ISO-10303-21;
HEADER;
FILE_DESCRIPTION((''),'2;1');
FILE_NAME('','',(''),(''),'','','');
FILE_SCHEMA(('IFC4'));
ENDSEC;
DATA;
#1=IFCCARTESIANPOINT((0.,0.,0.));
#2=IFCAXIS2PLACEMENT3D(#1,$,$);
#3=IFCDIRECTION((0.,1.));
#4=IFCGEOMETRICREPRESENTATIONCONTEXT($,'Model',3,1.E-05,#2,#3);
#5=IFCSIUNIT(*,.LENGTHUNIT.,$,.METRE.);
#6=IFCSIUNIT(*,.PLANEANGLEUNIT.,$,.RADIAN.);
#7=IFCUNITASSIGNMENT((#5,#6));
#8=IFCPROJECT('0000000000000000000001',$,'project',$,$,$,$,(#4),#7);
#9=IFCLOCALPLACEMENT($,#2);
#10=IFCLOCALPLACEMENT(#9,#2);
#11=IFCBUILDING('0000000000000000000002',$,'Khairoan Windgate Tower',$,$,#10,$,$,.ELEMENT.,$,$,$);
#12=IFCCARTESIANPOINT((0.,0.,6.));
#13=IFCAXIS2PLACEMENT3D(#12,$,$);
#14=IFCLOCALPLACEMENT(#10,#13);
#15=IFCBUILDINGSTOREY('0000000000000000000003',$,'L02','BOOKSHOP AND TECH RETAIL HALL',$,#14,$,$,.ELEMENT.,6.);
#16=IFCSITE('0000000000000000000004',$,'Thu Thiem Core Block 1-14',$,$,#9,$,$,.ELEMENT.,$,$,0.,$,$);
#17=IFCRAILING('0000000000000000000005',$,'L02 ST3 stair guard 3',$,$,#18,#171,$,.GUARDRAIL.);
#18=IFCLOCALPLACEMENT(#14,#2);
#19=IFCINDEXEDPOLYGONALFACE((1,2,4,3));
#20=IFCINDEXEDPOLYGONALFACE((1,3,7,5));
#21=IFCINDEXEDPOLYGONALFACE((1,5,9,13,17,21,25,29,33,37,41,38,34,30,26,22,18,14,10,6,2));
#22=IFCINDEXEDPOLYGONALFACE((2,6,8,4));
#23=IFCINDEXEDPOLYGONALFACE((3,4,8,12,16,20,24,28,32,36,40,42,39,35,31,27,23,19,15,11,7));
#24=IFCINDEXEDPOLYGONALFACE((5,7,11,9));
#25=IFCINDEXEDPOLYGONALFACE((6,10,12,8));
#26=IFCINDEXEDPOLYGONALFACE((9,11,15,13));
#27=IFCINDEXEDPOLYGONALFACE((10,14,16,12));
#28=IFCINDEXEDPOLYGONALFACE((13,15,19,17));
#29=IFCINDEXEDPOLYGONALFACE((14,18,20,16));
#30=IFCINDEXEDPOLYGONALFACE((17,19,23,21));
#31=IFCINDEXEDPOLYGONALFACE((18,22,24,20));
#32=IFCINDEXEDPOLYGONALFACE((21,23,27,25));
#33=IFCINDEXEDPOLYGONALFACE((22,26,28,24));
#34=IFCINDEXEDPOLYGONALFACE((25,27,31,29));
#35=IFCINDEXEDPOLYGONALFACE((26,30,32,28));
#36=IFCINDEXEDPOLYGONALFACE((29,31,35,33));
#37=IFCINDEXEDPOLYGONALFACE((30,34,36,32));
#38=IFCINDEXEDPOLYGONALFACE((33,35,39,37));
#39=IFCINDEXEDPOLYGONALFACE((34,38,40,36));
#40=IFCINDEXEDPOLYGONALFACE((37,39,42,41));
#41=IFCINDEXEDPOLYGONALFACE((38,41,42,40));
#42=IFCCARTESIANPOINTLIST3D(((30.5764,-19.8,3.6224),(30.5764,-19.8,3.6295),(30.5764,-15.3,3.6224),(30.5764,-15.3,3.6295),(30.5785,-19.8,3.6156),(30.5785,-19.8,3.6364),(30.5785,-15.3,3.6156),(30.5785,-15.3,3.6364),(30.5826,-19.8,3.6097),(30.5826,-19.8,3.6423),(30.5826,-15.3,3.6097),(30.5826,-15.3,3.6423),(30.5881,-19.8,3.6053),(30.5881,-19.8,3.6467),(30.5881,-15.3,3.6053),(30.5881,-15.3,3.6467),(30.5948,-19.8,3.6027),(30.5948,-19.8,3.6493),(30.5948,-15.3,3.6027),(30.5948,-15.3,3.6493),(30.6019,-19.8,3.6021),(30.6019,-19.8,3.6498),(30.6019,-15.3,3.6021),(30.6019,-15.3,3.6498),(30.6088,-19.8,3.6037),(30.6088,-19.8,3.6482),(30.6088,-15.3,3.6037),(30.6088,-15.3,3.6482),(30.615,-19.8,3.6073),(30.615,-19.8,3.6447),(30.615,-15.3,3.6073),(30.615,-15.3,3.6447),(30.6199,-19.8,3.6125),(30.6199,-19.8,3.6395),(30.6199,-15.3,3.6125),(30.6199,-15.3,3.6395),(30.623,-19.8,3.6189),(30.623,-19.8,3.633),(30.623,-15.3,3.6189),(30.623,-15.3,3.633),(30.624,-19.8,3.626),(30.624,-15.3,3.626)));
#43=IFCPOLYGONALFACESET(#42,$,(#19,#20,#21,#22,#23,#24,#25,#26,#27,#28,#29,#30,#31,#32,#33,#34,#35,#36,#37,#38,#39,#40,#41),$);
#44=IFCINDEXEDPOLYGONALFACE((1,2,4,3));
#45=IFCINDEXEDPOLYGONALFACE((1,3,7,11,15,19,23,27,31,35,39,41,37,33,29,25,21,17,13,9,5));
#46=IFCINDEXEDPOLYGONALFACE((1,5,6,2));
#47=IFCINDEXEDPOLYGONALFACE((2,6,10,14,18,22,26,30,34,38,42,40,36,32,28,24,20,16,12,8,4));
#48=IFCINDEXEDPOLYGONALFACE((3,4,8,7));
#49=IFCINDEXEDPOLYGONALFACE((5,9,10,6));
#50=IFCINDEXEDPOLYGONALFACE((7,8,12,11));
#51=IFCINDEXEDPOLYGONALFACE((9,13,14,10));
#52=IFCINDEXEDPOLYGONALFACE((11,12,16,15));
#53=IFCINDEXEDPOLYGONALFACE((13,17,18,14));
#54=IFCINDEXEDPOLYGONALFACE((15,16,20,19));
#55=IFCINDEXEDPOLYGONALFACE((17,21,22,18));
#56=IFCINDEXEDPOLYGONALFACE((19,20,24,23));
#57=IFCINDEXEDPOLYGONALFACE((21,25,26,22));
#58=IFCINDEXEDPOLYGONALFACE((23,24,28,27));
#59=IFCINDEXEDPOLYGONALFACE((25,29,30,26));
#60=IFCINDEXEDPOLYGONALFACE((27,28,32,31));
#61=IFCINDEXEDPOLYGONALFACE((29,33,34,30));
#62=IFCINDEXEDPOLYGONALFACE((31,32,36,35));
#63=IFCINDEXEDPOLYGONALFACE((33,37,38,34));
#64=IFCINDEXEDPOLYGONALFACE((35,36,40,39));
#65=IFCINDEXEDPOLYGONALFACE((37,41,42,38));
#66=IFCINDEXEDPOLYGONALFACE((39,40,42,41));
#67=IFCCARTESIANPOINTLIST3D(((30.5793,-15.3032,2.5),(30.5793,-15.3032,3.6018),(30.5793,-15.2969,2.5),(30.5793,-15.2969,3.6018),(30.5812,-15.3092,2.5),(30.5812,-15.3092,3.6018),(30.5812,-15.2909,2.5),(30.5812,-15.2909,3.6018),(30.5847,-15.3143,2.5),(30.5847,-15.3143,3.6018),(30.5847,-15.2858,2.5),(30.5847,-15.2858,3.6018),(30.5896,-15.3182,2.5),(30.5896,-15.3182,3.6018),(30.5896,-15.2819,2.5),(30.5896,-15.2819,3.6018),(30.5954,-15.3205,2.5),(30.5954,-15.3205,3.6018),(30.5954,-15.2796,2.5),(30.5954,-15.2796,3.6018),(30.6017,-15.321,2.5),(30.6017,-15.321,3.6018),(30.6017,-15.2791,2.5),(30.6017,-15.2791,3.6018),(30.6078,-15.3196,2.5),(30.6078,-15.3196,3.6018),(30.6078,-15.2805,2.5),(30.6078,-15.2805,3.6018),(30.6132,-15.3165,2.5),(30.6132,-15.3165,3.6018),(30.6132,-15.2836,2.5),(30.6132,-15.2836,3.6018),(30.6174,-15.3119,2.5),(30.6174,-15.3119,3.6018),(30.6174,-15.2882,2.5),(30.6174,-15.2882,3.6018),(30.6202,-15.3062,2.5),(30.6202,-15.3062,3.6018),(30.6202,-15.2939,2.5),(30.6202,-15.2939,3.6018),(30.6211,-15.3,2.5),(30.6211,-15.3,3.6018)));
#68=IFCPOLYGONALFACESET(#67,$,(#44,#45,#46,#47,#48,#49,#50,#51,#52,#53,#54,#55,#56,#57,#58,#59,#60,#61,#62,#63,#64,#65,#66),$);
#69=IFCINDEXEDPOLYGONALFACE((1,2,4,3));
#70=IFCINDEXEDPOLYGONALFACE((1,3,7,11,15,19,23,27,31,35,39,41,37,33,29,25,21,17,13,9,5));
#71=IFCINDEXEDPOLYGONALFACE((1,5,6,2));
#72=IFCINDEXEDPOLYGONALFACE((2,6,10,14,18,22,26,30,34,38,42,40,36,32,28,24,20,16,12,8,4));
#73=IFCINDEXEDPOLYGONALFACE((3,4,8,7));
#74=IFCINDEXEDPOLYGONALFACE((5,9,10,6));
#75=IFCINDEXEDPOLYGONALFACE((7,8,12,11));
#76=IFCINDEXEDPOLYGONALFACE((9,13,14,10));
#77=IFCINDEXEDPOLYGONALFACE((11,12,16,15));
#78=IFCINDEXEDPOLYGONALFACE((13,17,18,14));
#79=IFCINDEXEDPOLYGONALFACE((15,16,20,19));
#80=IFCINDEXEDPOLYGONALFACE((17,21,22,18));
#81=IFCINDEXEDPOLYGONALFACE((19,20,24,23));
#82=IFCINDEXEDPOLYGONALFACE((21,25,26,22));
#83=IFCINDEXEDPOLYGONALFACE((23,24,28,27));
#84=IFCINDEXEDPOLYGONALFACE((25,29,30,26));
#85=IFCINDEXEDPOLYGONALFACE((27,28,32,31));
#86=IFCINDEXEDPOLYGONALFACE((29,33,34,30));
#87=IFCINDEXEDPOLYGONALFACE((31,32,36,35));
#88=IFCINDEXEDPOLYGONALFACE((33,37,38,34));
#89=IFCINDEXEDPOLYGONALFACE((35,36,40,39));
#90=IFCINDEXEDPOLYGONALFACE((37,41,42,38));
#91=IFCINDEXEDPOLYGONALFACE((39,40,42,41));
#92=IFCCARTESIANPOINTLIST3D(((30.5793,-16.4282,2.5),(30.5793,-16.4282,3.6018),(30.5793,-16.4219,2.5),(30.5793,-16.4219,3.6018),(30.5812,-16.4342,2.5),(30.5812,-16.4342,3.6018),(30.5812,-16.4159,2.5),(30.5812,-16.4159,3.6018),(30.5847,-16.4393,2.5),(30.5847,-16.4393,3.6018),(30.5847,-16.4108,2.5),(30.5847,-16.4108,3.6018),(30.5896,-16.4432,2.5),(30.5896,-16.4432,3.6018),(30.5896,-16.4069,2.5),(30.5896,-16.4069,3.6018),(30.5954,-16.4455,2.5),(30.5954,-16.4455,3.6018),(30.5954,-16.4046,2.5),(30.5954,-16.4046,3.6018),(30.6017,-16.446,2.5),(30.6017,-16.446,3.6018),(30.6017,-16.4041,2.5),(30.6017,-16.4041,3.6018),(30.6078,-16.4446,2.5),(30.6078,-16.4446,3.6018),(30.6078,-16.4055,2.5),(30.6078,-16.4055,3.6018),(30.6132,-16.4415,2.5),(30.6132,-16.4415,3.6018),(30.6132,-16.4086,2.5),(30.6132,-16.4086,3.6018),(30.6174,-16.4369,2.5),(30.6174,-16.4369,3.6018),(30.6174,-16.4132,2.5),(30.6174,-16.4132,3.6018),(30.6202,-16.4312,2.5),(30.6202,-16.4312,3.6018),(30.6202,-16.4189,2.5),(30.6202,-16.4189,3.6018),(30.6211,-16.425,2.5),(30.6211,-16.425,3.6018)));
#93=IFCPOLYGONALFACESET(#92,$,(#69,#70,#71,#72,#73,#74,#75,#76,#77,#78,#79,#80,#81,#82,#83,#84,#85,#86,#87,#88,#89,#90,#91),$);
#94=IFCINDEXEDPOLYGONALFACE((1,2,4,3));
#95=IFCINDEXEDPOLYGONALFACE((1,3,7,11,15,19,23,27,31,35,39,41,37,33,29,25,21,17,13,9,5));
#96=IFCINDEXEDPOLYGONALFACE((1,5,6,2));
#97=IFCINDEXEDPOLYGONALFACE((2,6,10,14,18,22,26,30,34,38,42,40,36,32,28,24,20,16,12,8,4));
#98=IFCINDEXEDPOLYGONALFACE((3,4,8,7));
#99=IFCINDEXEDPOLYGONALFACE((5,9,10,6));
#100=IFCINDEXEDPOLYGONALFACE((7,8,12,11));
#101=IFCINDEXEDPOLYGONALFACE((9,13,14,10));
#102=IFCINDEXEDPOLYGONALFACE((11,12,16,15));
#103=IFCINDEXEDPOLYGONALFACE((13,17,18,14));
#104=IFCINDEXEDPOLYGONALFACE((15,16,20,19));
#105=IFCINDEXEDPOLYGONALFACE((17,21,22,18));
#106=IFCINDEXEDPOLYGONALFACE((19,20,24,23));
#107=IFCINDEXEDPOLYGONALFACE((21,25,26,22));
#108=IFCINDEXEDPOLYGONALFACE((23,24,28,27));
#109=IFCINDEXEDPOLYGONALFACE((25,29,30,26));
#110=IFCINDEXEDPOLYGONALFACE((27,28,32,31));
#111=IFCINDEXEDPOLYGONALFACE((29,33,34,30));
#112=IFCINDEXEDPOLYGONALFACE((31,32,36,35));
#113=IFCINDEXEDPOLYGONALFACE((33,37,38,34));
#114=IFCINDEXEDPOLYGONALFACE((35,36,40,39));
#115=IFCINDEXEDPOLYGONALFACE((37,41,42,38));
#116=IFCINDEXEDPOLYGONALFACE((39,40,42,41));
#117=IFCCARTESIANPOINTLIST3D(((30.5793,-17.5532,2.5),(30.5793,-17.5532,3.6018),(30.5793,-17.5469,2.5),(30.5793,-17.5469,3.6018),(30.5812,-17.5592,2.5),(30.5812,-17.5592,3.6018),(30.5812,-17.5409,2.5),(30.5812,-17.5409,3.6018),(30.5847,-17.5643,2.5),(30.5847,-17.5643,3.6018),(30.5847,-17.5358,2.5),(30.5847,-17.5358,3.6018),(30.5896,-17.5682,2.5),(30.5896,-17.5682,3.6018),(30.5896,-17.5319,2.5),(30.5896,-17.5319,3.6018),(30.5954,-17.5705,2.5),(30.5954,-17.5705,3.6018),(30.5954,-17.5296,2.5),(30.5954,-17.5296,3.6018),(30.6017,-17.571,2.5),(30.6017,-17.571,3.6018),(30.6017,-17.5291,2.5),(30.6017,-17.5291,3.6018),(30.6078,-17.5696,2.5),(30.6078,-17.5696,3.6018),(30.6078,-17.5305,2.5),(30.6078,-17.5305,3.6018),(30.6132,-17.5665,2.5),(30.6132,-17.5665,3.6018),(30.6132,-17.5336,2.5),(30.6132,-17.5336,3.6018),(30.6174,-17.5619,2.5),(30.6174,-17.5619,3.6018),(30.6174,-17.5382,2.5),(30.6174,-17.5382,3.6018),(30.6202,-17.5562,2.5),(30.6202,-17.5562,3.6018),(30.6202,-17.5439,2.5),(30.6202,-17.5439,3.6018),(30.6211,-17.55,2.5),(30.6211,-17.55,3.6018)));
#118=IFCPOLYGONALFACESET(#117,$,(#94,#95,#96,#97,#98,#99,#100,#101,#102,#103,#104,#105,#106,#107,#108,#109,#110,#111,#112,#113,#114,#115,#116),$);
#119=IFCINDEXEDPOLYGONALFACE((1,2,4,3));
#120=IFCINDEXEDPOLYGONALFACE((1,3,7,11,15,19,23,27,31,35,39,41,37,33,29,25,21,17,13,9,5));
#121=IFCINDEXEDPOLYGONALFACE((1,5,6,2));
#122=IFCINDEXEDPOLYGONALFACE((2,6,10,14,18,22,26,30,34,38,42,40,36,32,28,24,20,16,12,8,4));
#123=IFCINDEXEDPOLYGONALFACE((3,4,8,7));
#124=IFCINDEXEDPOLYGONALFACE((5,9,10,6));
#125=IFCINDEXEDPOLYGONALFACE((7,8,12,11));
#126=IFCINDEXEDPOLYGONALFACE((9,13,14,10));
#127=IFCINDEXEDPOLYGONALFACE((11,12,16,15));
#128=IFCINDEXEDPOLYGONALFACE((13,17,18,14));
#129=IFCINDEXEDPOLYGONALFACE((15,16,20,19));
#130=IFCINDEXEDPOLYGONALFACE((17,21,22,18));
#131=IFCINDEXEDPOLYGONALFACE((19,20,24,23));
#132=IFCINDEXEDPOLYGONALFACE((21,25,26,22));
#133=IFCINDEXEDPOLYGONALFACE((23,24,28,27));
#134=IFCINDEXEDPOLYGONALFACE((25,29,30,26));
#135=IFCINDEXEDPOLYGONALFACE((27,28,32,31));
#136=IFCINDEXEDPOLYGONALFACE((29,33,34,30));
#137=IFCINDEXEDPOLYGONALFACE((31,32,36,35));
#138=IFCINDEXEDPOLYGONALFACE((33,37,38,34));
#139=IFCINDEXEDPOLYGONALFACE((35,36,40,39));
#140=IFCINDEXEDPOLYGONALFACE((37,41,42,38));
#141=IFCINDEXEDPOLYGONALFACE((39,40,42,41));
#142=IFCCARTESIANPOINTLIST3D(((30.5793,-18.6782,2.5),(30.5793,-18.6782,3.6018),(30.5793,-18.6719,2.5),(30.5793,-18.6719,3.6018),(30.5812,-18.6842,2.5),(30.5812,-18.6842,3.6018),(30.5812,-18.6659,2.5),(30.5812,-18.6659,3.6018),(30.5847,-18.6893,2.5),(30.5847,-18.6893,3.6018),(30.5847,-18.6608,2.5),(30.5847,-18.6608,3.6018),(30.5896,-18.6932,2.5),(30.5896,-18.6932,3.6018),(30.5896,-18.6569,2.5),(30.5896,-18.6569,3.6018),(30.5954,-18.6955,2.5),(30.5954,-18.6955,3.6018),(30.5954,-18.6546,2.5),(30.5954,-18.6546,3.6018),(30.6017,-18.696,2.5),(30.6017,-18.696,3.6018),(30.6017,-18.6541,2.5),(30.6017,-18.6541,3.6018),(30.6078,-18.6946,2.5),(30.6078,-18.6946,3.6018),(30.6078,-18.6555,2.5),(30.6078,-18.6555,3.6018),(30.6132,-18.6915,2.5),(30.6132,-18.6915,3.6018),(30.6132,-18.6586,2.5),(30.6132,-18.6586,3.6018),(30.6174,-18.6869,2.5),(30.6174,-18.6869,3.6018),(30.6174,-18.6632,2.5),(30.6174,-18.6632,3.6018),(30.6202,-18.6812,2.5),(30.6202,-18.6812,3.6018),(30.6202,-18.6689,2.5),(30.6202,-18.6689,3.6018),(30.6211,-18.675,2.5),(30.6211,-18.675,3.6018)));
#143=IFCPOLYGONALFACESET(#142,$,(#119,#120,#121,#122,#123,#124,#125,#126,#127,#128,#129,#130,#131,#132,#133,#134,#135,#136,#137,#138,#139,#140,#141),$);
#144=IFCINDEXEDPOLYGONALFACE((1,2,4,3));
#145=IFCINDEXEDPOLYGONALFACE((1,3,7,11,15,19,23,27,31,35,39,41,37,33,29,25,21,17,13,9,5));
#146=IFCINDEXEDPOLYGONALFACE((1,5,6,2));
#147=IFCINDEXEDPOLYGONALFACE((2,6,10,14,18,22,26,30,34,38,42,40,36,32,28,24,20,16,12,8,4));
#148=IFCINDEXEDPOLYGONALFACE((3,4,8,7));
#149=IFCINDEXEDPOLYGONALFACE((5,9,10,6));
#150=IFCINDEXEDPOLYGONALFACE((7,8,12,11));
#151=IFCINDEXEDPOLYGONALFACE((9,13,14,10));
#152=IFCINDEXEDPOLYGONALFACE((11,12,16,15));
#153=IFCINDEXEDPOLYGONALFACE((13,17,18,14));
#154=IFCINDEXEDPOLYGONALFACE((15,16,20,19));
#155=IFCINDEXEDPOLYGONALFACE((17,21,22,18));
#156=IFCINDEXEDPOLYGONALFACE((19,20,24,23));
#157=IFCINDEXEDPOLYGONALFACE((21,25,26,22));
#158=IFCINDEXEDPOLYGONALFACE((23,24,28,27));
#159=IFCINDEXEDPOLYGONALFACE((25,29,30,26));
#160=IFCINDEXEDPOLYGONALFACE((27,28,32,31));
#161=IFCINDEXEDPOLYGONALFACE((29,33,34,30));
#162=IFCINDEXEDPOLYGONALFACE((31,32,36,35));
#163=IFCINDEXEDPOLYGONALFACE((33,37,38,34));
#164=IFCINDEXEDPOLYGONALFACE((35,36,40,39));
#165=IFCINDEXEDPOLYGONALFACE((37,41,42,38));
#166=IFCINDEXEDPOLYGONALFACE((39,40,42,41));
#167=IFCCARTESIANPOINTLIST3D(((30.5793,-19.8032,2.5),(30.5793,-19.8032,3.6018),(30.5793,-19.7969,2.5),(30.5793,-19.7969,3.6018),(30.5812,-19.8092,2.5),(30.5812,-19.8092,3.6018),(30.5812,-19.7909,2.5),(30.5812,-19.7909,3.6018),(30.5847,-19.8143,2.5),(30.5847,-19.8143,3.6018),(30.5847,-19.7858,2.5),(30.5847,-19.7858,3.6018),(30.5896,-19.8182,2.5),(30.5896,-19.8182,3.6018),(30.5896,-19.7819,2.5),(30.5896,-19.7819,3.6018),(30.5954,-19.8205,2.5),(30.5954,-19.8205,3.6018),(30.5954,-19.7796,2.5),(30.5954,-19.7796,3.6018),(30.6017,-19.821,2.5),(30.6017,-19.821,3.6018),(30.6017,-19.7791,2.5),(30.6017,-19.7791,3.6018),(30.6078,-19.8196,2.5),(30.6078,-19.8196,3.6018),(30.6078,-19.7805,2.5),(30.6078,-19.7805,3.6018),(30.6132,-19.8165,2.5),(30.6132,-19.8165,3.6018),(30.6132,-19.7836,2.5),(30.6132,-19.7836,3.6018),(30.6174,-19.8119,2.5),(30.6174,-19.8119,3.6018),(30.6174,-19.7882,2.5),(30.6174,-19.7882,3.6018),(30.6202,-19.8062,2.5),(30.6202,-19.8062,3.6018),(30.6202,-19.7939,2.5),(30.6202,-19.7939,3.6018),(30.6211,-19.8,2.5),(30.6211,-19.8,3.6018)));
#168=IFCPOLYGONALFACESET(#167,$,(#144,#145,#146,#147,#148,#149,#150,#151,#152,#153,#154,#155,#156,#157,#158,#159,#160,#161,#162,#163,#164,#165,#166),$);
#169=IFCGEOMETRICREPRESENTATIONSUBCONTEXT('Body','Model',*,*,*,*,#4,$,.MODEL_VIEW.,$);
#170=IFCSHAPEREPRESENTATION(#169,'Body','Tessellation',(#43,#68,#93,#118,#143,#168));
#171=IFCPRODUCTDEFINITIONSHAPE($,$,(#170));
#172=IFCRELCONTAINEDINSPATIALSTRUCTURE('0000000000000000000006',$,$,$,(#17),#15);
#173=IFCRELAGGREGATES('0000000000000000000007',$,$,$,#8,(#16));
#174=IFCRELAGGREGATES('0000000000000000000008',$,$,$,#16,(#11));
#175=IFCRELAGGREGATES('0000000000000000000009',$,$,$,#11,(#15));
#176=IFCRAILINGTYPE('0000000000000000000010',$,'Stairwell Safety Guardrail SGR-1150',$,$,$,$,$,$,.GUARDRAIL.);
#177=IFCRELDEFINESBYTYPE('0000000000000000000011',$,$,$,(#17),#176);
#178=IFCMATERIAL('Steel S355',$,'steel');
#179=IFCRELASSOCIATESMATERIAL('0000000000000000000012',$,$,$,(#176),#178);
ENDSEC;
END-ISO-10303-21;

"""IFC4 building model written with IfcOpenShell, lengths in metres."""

from ifc_helpers import new_model, si_unit, direction, frame, origin, origin_2d, place, context, subcontext, project, spatial, circle, extrude, material, type_object, element, save


model = new_model("IFC4")

# Units and contexts
model_context = context("Model", 3, precision=1e-05, world=origin(), true_north=direction((0.0, 1.0)))
body_context = subcontext(model_context, "Body", "Model", "MODEL_VIEW")
ifc_project = project(units=[si_unit("LENGTHUNIT", "METRE"), si_unit("PLANEANGLEUNIT", "RADIAN")], contexts=[model_context])

# Site, building, storey
site_placement = place(None, origin())
site = spatial("IfcSite", under=ifc_project, at=site_placement, Name="Thu Thiem Core Block 1-14", CompositionType="ELEMENT", RefElevation=0.0)
building_placement = place(site_placement, origin())
building = spatial("IfcBuilding", under=site, at=building_placement, Name="Khairoan Windgate Tower", CompositionType="ELEMENT")
storey_placement = place(building_placement, frame((0.0, 0.0, 6.0)))
storey = spatial("IfcBuildingStorey", under=building, at=storey_placement, Name="L02", Description="BOOKSHOP AND TECH RETAIL HALL", CompositionType="ELEMENT", Elevation=6.0)

# Railing
ifc_material_1 = material(Name="Steel S355", Category="steel")
railing_type_1 = type_object("IfcRailingType", Name="Stairwell Safety Guardrail SGR-1150", PredefinedType="GUARDRAIL", material=ifc_material_1)
for number, where, name in (
    (1, (30.6001, -15.3, 2.5), "L02 ST3 stair guard 3"),
):
    element("IfcRailing", number, at=place(storey_placement, frame(where)), inside=storey, type_object=railing_type_1, Name=name, PredefinedType="GUARDRAIL", context=body_context, shape_type="SweptSolid", body=[
        extrude(circle(Radius=0.0239, at=origin_2d()), frame((0.0, 0.0, 1.126), z_axis=(0.0, -1.0, 0.0), x_axis=(1.0, 0.0, 0.0)), (0.0, 0.0, 1.0), 4.5),
        extrude(circle(Radius=0.021, at=origin_2d()), origin(), (0.0, 0.0, 1.0), 1.1018),
        extrude(circle(Radius=0.021, at=origin_2d()), frame((0.0, -1.125, 0.0)), (0.0, 0.0, 1.0), 1.1018),
        extrude(circle(Radius=0.021, at=origin_2d()), frame((0.0, -2.25, 0.0)), (0.0, 0.0, 1.0), 1.1018),
        extrude(circle(Radius=0.021, at=origin_2d()), frame((0.0, -3.375, 0.0)), (0.0, 0.0, 1.0), 1.1018),
        extrude(circle(Radius=0.021, at=origin_2d()), frame((0.0, -4.5, 0.0)), (0.0, 0.0, 1.0), 1.1018),
    ])

save(model, "model.ifc")
